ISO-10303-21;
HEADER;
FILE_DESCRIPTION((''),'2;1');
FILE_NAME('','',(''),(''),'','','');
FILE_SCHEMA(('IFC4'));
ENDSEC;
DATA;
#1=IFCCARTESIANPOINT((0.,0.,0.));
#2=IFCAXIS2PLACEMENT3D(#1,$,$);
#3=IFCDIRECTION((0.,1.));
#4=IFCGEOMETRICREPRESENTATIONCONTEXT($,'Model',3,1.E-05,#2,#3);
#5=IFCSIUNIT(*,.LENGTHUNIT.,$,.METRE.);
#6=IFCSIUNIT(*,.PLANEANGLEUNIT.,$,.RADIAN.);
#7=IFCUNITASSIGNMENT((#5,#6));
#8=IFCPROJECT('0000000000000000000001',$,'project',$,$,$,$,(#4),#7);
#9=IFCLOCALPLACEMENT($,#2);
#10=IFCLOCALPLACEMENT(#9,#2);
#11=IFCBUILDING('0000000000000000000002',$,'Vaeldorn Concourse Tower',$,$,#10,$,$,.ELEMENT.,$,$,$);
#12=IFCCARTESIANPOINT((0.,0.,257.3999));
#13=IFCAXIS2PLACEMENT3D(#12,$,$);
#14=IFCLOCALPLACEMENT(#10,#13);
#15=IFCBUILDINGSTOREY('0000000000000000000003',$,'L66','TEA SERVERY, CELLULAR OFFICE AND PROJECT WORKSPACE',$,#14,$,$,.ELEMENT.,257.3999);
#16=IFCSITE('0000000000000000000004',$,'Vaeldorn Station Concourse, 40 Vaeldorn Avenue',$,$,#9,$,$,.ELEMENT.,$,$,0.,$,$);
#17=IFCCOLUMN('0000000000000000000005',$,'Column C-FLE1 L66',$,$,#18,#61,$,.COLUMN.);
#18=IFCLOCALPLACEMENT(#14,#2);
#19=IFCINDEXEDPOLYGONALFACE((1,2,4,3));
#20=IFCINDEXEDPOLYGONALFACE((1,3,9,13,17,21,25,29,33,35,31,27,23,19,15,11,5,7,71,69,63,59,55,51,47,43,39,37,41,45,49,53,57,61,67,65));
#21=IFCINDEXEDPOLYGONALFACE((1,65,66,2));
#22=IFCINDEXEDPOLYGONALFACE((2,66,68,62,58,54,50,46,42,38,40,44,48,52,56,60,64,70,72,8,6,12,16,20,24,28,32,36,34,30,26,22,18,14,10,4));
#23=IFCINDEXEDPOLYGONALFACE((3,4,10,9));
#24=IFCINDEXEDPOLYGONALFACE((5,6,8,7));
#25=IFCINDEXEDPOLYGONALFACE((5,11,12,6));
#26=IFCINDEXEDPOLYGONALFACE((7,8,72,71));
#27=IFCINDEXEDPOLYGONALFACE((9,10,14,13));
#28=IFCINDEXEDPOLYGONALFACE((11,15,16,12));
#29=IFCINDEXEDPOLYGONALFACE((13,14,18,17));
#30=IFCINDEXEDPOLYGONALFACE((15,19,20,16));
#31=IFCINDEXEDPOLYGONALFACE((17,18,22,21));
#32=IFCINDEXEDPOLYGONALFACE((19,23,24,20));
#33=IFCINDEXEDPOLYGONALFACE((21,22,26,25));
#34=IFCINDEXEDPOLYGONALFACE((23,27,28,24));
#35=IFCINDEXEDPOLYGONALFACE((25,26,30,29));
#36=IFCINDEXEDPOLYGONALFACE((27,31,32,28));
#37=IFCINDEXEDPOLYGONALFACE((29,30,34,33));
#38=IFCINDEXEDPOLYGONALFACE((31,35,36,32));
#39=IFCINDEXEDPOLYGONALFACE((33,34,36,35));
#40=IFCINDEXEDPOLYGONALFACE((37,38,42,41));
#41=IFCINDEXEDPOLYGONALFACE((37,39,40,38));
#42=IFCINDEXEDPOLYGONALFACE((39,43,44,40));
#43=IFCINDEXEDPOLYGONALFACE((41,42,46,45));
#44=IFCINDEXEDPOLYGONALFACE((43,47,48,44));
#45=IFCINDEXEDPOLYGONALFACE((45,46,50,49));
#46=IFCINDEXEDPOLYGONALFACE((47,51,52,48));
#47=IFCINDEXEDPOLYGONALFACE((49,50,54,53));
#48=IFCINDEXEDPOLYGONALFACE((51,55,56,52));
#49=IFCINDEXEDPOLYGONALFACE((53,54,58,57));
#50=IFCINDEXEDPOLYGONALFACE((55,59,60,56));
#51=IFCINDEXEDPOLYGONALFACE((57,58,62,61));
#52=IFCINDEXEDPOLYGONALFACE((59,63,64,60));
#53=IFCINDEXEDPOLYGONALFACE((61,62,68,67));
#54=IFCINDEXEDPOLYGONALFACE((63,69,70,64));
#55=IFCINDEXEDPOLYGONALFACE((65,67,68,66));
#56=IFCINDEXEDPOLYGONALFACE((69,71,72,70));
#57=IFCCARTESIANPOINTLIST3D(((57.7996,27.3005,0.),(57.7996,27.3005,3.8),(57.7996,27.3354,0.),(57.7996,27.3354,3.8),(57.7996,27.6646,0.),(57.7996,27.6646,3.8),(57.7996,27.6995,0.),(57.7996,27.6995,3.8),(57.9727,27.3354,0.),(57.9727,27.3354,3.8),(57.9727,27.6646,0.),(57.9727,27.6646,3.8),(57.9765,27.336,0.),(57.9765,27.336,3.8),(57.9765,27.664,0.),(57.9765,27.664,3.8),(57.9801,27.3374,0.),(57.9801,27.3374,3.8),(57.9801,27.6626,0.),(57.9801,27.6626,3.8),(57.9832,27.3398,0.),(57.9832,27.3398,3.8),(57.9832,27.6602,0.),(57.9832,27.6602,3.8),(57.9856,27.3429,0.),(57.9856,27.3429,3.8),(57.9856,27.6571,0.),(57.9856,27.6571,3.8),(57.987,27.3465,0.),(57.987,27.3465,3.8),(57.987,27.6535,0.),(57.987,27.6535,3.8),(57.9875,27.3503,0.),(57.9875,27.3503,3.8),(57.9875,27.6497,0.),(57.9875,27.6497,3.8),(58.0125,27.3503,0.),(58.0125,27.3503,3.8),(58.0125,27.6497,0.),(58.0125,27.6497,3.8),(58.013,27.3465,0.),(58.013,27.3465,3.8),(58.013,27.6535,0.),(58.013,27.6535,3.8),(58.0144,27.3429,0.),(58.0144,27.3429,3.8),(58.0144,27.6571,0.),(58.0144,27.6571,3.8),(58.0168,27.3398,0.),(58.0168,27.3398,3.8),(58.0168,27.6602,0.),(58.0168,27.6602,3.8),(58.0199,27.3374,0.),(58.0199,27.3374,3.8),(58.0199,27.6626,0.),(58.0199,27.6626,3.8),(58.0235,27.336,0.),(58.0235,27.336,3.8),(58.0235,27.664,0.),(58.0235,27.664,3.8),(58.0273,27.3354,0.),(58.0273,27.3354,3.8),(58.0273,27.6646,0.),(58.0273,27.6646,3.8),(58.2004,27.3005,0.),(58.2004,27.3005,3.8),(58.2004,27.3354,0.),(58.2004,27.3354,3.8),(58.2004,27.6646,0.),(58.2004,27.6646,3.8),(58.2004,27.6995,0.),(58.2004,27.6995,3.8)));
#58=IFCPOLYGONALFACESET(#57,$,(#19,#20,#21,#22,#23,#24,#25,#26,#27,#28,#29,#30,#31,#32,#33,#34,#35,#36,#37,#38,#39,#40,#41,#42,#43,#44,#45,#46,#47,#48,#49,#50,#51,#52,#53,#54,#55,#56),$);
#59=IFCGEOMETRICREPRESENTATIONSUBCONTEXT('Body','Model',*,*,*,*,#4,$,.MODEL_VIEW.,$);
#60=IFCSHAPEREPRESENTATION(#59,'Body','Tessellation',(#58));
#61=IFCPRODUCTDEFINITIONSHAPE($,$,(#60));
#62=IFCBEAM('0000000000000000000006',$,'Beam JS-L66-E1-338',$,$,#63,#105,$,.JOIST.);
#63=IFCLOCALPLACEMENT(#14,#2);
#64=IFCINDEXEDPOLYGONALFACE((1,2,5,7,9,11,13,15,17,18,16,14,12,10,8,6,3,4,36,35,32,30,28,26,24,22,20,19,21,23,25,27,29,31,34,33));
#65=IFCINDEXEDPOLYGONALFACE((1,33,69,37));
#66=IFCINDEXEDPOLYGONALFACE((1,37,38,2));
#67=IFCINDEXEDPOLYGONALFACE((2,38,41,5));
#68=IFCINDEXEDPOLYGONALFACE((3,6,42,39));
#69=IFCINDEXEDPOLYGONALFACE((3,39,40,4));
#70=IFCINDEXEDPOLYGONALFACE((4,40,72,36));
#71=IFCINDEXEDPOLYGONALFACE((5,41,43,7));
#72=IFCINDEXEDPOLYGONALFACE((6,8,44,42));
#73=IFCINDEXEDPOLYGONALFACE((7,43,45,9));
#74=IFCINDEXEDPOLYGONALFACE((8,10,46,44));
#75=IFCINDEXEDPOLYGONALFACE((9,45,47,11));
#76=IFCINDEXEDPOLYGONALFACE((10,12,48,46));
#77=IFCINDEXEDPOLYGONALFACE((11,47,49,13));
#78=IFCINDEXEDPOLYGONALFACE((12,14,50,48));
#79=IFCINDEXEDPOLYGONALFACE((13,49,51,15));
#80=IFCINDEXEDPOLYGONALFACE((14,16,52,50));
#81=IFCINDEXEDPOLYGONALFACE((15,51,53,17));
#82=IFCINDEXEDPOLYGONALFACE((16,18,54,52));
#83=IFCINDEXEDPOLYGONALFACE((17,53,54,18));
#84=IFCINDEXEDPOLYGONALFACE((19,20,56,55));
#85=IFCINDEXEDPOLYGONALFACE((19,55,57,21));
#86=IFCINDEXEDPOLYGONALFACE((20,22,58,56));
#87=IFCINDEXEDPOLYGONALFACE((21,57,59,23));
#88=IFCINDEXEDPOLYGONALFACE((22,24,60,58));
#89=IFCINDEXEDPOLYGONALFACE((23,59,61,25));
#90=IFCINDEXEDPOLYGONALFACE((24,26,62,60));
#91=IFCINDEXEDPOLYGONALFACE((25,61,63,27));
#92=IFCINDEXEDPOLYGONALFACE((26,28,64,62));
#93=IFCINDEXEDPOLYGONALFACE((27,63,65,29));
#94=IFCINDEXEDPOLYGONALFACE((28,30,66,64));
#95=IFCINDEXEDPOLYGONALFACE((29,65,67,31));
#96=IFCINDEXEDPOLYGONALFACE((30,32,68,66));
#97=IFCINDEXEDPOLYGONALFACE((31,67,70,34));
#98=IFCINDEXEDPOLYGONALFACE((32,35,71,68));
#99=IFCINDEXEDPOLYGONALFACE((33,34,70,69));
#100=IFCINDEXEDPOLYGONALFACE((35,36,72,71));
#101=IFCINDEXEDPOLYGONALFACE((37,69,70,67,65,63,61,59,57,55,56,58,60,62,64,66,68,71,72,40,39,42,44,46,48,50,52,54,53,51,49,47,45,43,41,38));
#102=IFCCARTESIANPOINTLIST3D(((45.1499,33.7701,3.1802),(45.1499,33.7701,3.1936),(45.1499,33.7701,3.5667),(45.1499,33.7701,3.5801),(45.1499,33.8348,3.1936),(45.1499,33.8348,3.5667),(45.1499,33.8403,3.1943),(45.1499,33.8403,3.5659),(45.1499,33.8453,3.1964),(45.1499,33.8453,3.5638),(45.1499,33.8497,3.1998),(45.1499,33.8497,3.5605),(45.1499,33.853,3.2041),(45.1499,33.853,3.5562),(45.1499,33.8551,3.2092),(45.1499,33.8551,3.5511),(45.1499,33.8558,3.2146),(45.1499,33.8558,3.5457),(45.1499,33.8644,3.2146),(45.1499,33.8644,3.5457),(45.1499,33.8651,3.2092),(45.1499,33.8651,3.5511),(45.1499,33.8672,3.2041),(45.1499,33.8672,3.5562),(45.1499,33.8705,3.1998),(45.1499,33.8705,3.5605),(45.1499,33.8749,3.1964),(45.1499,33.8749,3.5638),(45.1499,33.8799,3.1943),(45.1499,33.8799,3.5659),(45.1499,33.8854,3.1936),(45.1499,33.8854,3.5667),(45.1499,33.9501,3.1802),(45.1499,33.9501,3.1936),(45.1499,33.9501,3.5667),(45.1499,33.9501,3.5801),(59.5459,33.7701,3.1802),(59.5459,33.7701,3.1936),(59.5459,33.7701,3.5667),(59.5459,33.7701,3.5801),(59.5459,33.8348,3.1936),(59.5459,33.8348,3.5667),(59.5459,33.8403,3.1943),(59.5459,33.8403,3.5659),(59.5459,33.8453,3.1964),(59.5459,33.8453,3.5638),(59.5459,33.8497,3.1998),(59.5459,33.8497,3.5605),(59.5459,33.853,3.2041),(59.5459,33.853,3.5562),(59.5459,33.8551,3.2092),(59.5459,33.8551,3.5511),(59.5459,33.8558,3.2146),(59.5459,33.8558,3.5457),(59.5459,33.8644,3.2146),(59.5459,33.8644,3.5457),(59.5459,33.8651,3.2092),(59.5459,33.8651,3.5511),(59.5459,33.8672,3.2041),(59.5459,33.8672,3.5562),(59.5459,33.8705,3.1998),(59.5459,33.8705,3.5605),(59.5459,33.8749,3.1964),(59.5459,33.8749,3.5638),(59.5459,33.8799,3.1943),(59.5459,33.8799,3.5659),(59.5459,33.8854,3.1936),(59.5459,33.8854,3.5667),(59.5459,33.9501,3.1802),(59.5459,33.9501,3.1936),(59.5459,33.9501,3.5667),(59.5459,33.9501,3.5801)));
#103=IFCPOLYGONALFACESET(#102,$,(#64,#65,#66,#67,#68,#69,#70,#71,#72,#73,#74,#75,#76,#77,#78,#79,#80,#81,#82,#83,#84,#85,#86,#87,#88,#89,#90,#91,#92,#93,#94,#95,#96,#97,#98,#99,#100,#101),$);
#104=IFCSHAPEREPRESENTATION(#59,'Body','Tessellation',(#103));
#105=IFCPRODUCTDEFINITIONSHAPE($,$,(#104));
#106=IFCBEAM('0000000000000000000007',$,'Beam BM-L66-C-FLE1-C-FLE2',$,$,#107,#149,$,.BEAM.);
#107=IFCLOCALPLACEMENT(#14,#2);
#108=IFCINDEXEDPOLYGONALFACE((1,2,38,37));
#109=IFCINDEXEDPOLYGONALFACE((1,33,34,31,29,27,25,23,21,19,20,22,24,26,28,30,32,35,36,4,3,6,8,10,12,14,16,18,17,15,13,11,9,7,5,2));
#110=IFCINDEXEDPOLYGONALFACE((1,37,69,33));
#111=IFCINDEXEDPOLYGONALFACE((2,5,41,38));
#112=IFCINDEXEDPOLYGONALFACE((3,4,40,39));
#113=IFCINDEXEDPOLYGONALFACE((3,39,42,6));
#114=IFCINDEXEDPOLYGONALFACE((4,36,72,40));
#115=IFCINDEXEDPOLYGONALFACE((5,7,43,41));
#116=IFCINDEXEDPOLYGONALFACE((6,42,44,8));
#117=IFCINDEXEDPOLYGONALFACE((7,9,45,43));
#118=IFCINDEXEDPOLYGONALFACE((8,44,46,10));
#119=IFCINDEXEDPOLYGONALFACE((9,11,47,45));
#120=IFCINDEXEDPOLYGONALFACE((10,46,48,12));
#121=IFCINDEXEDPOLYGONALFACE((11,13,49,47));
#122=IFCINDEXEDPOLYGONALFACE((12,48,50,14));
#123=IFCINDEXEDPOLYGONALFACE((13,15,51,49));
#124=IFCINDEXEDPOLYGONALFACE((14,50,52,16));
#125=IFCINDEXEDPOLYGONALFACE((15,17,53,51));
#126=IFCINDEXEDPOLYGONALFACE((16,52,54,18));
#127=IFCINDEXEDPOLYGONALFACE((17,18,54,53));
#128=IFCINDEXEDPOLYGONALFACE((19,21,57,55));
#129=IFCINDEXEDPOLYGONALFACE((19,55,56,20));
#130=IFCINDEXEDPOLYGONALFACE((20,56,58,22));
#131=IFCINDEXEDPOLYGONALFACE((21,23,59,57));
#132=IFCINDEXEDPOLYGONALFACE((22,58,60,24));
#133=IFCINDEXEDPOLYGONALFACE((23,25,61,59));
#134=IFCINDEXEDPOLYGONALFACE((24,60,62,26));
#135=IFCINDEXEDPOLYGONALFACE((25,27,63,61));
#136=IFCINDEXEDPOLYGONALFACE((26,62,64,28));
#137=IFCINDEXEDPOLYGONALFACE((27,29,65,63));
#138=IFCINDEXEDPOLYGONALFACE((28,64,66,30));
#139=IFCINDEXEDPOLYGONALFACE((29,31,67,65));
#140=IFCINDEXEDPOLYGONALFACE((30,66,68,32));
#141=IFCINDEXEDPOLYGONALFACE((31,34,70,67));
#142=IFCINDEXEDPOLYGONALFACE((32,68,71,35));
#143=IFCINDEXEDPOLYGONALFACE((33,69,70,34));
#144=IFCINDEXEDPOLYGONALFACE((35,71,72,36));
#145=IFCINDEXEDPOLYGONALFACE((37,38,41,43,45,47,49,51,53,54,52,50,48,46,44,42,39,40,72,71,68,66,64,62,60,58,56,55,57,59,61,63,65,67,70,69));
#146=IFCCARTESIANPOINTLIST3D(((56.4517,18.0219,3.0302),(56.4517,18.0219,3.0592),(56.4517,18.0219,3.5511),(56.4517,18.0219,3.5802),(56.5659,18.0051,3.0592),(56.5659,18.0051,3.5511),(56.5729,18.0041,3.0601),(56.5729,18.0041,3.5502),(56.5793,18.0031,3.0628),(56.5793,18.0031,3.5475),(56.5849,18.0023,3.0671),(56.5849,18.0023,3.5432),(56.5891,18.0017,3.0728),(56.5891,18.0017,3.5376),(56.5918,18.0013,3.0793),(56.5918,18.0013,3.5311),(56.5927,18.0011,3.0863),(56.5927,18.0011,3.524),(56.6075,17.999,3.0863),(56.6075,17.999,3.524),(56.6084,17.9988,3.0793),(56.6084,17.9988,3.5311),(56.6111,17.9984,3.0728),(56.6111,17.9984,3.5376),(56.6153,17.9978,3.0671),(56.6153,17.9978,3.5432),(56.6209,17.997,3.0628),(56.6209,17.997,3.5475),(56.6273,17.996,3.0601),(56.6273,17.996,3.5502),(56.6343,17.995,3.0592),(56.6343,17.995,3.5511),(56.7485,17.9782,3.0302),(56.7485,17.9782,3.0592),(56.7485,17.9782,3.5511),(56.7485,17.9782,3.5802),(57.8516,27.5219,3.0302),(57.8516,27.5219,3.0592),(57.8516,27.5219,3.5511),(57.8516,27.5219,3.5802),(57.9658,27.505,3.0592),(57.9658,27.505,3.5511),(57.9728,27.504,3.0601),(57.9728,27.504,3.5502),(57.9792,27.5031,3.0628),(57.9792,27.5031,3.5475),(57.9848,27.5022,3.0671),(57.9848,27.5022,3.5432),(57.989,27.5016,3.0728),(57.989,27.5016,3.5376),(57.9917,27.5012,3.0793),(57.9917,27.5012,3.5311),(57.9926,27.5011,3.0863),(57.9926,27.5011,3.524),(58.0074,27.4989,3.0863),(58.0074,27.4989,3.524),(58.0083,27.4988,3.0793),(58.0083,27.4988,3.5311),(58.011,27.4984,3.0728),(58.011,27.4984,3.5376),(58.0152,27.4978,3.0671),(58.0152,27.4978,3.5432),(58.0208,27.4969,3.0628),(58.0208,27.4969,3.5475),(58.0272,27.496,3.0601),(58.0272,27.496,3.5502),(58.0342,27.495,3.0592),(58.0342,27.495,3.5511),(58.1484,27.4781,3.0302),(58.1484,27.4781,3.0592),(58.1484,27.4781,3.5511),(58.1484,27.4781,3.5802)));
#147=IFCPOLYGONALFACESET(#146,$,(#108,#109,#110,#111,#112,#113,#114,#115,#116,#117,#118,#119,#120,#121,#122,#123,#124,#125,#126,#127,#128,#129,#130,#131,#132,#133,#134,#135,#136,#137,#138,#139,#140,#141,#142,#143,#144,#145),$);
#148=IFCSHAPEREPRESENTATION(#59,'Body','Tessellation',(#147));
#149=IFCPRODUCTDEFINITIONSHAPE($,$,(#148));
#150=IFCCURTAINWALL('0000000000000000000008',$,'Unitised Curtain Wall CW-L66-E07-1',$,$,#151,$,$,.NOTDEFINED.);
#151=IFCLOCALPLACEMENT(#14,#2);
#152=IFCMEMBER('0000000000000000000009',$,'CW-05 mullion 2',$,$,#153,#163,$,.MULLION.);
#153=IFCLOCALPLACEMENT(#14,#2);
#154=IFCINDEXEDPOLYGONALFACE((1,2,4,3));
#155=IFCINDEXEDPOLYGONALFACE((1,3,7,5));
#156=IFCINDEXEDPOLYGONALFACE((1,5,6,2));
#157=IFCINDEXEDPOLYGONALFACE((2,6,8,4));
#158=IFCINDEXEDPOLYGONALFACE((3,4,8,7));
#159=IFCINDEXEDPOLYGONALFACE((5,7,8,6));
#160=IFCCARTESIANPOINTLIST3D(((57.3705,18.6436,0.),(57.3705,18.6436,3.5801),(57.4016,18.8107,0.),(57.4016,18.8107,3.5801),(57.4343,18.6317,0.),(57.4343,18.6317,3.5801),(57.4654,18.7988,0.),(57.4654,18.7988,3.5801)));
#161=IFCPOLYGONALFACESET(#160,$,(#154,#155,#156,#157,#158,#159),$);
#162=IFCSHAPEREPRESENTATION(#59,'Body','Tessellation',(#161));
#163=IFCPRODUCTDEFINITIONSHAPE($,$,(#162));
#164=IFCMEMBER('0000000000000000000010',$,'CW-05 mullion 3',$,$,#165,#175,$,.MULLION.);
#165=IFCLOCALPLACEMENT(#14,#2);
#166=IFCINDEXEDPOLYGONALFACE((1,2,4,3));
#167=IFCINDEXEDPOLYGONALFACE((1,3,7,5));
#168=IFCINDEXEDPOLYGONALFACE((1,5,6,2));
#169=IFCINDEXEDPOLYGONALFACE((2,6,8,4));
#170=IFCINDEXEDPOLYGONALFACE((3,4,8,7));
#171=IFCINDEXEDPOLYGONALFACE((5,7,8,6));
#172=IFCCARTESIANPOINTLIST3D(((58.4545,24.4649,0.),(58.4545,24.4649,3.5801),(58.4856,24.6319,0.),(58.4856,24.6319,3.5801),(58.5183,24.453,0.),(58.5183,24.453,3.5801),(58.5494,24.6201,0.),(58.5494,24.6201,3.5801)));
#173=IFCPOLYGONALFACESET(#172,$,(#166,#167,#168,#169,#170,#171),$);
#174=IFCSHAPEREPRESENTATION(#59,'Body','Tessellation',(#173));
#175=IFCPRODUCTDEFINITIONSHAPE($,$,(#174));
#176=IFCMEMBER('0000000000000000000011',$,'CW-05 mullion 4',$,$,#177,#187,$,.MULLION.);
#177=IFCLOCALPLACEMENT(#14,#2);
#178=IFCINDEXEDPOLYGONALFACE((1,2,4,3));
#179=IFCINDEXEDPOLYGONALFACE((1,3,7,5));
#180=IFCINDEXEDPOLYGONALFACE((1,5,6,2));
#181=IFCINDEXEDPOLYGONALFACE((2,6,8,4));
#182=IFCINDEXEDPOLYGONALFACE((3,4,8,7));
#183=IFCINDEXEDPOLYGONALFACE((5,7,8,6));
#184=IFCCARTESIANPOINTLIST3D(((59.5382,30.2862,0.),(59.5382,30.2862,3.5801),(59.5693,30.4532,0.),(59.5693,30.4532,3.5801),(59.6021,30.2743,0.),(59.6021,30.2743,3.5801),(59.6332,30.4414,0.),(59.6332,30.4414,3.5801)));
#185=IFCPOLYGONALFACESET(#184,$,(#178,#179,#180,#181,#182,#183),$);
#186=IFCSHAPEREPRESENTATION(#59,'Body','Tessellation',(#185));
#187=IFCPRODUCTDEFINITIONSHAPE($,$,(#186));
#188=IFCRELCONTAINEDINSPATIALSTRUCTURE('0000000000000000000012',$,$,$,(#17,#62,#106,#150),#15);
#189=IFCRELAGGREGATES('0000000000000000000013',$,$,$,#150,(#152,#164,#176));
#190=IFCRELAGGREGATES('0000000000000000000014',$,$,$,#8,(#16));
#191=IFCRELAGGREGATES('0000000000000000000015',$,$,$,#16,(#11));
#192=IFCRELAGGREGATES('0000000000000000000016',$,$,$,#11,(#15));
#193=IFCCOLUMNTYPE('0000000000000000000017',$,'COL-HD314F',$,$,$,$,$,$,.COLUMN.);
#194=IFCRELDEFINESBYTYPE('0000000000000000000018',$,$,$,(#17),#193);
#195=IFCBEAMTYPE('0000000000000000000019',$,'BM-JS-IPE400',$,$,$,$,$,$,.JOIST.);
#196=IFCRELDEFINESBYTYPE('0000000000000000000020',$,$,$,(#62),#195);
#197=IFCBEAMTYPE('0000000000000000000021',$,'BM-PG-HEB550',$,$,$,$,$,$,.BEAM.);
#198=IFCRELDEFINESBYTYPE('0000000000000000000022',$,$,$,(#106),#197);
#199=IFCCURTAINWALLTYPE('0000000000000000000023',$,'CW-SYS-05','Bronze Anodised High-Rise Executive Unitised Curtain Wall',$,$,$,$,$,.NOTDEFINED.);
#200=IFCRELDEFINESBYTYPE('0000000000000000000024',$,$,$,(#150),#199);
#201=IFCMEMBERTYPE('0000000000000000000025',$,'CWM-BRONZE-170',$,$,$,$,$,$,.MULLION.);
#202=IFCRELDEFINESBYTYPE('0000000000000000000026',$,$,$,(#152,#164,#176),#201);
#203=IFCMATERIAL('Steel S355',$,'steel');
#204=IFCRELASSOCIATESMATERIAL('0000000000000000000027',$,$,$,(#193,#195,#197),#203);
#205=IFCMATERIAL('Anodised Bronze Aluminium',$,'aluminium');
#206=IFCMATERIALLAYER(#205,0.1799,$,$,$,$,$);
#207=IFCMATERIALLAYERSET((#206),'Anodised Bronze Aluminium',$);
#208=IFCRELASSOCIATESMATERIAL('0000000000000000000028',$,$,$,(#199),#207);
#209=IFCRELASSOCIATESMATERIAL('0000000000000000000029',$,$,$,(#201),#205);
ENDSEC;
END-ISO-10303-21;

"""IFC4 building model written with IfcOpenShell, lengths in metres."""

from ifc_helpers import new_model, si_unit, direction, frame, origin, origin_2d, place, context, subcontext, project, spatial, rectangle, i_section, extrude, source, transform, mapped, material, layer, layer_set, material_profile, profile_set, type_object, element, aggregate, save


model = new_model("IFC4")

# Units and contexts
model_context = context("Model", 3, precision=1e-05, world=origin(), true_north=direction((0.0, 1.0)))
body_context = subcontext(model_context, "Body", "Model", "MODEL_VIEW")
ifc_project = project(units=[si_unit("LENGTHUNIT", "METRE"), si_unit("PLANEANGLEUNIT", "RADIAN")], contexts=[model_context])

# Site, building, storey
site_placement = place(None, origin())
site = spatial("IfcSite", under=ifc_project, at=site_placement, Name="Vaeldorn Station Concourse, 40 Vaeldorn Avenue", CompositionType="ELEMENT", RefElevation=0.0)
building_placement = place(site_placement, origin())
building = spatial("IfcBuilding", under=site, at=building_placement, Name="Vaeldorn Concourse Tower", CompositionType="ELEMENT")
storey_placement = place(building_placement, frame((0.0, 0.0, 257.3999)))
storey = spatial("IfcBuildingStorey", under=building, at=storey_placement, Name="L66", Description="TEA SERVERY, CELLULAR OFFICE AND PROJECT WORKSPACE", CompositionType="ELEMENT", Elevation=257.3999)

# Column
ifc_material_1 = material(Name="Steel S355", Category="steel")
ifc_material_profile_1 = material_profile(ifc_material_1, i_section(OverallWidth=0.4009, OverallDepth=0.3989, WebThickness=0.0249, FlangeThickness=0.0349, FilletRadius=0.0149, at=origin_2d()), Name="HD 400x314")
ifc_profile_set_1 = profile_set([ifc_material_profile_1], Name="Steel S355")
column_type = type_object("IfcColumnType", Name="COL-HD314F", PredefinedType="COLUMN", material=ifc_profile_set_1)
shared_shape_1 = source(origin(), body_context, "Body", "SweptSolid", [
    extrude(i_section(OverallWidth=0.4009, OverallDepth=0.3989, WebThickness=0.0249, FlangeThickness=0.0349, FilletRadius=0.0149, at=origin_2d()), origin(), (0.0, 0.0, 1.0), 3.8),
])
column_placement = place(storey_placement, frame((58.0, 27.5, 0.0), z_axis=(0.0, 0.0, 1.0), x_axis=(1.0, 0.0, 0.0)))
element("IfcColumn", 1, at=column_placement, inside=storey, type_object=column_type, Name="Column C-FLE1 L66", PredefinedType="COLUMN", context=body_context, shape_type="MappedRepresentation", body=[
    mapped(shared_shape_1, transform((0.0, 0.0, 0.0), scale=1.0)),
])

# Beams
ifc_material_profile_2 = material_profile(ifc_material_1, i_section(OverallWidth=0.1799, OverallDepth=0.3999, WebThickness=0.0085, FlangeThickness=0.0134, FilletRadius=0.021, at=origin_2d()), Name="IPE 400")
ifc_profile_set_2 = profile_set([ifc_material_profile_2], Name="Steel S355")
beam_type_1 = type_object("IfcBeamType", Name="BM-JS-IPE400", PredefinedType="JOIST", material=ifc_profile_set_2)
shared_shape_2 = source(origin(), body_context, "Body", "SweptSolid", [
    extrude(i_section(OverallWidth=0.1799, OverallDepth=0.3999, WebThickness=0.0085, FlangeThickness=0.0134, FilletRadius=0.021, at=origin_2d()), origin(), (0.0, 0.0, 1.0), 14.396),
])
beam_1_placement = place(storey_placement, frame((45.1499, 33.8601, 3.3801), z_axis=(1.0, 0.0, 0.0), x_axis=(0.0, 1.0, 0.0)))
element("IfcBeam", 2, at=beam_1_placement, inside=storey, type_object=beam_type_1, Name="Beam JS-L66-E1-338", PredefinedType="JOIST", context=body_context, shape_type="MappedRepresentation", body=[
    mapped(shared_shape_2, transform((0.0, 0.0, 0.0), scale=1.0)),
])
ifc_material_profile_3 = material_profile(ifc_material_1, i_section(OverallWidth=0.3, OverallDepth=0.55, WebThickness=0.0149, FlangeThickness=0.0291, FilletRadius=0.0271, at=origin_2d()), Name="HEB 550")
ifc_profile_set_3 = profile_set([ifc_material_profile_3], Name="Steel S355")
beam_type_2 = type_object("IfcBeamType", Name="BM-PG-HEB550", PredefinedType="BEAM", material=ifc_profile_set_3)
shared_shape_3 = source(origin(), body_context, "Body", "SweptSolid", [
    extrude(i_section(OverallWidth=0.3, OverallDepth=0.55, WebThickness=0.0149, FlangeThickness=0.0291, FilletRadius=0.0271, at=origin_2d()), origin(), (0.0, 0.0, 1.0), 9.6025),
])
beam_2_placement = place(storey_placement, frame((58.0, 27.5, 3.3052), z_axis=(-0.145784, -0.989316, 0.0), x_axis=(0.989316, -0.145784, 0.0)))
element("IfcBeam", 3, at=beam_2_placement, inside=storey, type_object=beam_type_2, Name="Beam BM-L66-C-FLE1-C-FLE2", PredefinedType="BEAM", context=body_context, shape_type="MappedRepresentation", body=[
    mapped(shared_shape_3, transform((0.0, 0.0, 0.0), scale=1.0)),
])

# Curtain wall, members
ifc_material_2 = material(Name="Anodised Bronze Aluminium", Category="aluminium")
ifc_layer_1 = layer(ifc_material_2, 0.1799)
ifc_layer_set_1 = layer_set([ifc_layer_1], Name="Anodised Bronze Aluminium")
curtain_wall_type = type_object("IfcCurtainWallType", Name="CW-SYS-05", Description="Bronze Anodised High-Rise Executive Unitised Curtain Wall", PredefinedType="NOTDEFINED", material=ifc_layer_set_1)
curtain_wall_1_placement = place(storey_placement, origin())
curtain_wall_1 = element("IfcCurtainWall", 4, at=curtain_wall_1_placement, inside=storey, type_object=curtain_wall_type, Name="Unitised Curtain Wall CW-L66-E07-1", PredefinedType="NOTDEFINED")
ifc_material_profile_4 = material_profile(ifc_material_2, rectangle(XDim=0.0649, YDim=0.1699, at=origin_2d()), Name="CWM 65x170")
ifc_profile_set_4 = profile_set([ifc_material_profile_4], Name="Anodised Bronze Aluminium")
member_type_1 = type_object("IfcMemberType", Name="CWM-BRONZE-170", PredefinedType="MULLION", material=ifc_profile_set_4)
shared_shape_4 = source(origin(), body_context, "Body", "SweptSolid", [
    extrude(rectangle(XDim=0.0649, YDim=0.1699, at=origin_2d()), origin(), (0.0, 0.0, 1.0), 3.5801),
])
member_1_placement = place(storey_placement, frame((57.418, 18.7212, 0.0), z_axis=(0.0, 0.0, 1.0), x_axis=(-0.983103, 0.183055, 0.0)))
member_1 = element("IfcMember", 5, at=member_1_placement, type_object=member_type_1, Name="CW-05 mullion 2", PredefinedType="MULLION", context=body_context, shape_type="MappedRepresentation", body=[
    mapped(shared_shape_4, transform((0.0, 0.0, 0.0), scale=1.0)),
])
member_2_placement = place(storey_placement, frame((58.502, 24.5425, 0.0), z_axis=(0.0, 0.0, 1.0), x_axis=(-0.983103, 0.183055, 0.0)))
member_2 = element("IfcMember", 6, at=member_2_placement, type_object=member_type_1, Name="CW-05 mullion 3", PredefinedType="MULLION", context=body_context, shape_type="MappedRepresentation", body=[
    mapped(shared_shape_4, transform((0.0, 0.0, 0.0), scale=1.0)),
])
member_3_placement = place(storey_placement, frame((59.5857, 30.3638, 0.0), z_axis=(0.0, 0.0, 1.0), x_axis=(-0.983103, 0.183055, 0.0)))
member_3 = element("IfcMember", 7, at=member_3_placement, type_object=member_type_1, Name="CW-05 mullion 4", PredefinedType="MULLION", context=body_context, shape_type="MappedRepresentation", body=[
    mapped(shared_shape_4, transform((0.0, 0.0, 0.0), scale=1.0)),
])

aggregate(curtain_wall_1, [member_1, member_2, member_3])

save(model, "model.ifc")
